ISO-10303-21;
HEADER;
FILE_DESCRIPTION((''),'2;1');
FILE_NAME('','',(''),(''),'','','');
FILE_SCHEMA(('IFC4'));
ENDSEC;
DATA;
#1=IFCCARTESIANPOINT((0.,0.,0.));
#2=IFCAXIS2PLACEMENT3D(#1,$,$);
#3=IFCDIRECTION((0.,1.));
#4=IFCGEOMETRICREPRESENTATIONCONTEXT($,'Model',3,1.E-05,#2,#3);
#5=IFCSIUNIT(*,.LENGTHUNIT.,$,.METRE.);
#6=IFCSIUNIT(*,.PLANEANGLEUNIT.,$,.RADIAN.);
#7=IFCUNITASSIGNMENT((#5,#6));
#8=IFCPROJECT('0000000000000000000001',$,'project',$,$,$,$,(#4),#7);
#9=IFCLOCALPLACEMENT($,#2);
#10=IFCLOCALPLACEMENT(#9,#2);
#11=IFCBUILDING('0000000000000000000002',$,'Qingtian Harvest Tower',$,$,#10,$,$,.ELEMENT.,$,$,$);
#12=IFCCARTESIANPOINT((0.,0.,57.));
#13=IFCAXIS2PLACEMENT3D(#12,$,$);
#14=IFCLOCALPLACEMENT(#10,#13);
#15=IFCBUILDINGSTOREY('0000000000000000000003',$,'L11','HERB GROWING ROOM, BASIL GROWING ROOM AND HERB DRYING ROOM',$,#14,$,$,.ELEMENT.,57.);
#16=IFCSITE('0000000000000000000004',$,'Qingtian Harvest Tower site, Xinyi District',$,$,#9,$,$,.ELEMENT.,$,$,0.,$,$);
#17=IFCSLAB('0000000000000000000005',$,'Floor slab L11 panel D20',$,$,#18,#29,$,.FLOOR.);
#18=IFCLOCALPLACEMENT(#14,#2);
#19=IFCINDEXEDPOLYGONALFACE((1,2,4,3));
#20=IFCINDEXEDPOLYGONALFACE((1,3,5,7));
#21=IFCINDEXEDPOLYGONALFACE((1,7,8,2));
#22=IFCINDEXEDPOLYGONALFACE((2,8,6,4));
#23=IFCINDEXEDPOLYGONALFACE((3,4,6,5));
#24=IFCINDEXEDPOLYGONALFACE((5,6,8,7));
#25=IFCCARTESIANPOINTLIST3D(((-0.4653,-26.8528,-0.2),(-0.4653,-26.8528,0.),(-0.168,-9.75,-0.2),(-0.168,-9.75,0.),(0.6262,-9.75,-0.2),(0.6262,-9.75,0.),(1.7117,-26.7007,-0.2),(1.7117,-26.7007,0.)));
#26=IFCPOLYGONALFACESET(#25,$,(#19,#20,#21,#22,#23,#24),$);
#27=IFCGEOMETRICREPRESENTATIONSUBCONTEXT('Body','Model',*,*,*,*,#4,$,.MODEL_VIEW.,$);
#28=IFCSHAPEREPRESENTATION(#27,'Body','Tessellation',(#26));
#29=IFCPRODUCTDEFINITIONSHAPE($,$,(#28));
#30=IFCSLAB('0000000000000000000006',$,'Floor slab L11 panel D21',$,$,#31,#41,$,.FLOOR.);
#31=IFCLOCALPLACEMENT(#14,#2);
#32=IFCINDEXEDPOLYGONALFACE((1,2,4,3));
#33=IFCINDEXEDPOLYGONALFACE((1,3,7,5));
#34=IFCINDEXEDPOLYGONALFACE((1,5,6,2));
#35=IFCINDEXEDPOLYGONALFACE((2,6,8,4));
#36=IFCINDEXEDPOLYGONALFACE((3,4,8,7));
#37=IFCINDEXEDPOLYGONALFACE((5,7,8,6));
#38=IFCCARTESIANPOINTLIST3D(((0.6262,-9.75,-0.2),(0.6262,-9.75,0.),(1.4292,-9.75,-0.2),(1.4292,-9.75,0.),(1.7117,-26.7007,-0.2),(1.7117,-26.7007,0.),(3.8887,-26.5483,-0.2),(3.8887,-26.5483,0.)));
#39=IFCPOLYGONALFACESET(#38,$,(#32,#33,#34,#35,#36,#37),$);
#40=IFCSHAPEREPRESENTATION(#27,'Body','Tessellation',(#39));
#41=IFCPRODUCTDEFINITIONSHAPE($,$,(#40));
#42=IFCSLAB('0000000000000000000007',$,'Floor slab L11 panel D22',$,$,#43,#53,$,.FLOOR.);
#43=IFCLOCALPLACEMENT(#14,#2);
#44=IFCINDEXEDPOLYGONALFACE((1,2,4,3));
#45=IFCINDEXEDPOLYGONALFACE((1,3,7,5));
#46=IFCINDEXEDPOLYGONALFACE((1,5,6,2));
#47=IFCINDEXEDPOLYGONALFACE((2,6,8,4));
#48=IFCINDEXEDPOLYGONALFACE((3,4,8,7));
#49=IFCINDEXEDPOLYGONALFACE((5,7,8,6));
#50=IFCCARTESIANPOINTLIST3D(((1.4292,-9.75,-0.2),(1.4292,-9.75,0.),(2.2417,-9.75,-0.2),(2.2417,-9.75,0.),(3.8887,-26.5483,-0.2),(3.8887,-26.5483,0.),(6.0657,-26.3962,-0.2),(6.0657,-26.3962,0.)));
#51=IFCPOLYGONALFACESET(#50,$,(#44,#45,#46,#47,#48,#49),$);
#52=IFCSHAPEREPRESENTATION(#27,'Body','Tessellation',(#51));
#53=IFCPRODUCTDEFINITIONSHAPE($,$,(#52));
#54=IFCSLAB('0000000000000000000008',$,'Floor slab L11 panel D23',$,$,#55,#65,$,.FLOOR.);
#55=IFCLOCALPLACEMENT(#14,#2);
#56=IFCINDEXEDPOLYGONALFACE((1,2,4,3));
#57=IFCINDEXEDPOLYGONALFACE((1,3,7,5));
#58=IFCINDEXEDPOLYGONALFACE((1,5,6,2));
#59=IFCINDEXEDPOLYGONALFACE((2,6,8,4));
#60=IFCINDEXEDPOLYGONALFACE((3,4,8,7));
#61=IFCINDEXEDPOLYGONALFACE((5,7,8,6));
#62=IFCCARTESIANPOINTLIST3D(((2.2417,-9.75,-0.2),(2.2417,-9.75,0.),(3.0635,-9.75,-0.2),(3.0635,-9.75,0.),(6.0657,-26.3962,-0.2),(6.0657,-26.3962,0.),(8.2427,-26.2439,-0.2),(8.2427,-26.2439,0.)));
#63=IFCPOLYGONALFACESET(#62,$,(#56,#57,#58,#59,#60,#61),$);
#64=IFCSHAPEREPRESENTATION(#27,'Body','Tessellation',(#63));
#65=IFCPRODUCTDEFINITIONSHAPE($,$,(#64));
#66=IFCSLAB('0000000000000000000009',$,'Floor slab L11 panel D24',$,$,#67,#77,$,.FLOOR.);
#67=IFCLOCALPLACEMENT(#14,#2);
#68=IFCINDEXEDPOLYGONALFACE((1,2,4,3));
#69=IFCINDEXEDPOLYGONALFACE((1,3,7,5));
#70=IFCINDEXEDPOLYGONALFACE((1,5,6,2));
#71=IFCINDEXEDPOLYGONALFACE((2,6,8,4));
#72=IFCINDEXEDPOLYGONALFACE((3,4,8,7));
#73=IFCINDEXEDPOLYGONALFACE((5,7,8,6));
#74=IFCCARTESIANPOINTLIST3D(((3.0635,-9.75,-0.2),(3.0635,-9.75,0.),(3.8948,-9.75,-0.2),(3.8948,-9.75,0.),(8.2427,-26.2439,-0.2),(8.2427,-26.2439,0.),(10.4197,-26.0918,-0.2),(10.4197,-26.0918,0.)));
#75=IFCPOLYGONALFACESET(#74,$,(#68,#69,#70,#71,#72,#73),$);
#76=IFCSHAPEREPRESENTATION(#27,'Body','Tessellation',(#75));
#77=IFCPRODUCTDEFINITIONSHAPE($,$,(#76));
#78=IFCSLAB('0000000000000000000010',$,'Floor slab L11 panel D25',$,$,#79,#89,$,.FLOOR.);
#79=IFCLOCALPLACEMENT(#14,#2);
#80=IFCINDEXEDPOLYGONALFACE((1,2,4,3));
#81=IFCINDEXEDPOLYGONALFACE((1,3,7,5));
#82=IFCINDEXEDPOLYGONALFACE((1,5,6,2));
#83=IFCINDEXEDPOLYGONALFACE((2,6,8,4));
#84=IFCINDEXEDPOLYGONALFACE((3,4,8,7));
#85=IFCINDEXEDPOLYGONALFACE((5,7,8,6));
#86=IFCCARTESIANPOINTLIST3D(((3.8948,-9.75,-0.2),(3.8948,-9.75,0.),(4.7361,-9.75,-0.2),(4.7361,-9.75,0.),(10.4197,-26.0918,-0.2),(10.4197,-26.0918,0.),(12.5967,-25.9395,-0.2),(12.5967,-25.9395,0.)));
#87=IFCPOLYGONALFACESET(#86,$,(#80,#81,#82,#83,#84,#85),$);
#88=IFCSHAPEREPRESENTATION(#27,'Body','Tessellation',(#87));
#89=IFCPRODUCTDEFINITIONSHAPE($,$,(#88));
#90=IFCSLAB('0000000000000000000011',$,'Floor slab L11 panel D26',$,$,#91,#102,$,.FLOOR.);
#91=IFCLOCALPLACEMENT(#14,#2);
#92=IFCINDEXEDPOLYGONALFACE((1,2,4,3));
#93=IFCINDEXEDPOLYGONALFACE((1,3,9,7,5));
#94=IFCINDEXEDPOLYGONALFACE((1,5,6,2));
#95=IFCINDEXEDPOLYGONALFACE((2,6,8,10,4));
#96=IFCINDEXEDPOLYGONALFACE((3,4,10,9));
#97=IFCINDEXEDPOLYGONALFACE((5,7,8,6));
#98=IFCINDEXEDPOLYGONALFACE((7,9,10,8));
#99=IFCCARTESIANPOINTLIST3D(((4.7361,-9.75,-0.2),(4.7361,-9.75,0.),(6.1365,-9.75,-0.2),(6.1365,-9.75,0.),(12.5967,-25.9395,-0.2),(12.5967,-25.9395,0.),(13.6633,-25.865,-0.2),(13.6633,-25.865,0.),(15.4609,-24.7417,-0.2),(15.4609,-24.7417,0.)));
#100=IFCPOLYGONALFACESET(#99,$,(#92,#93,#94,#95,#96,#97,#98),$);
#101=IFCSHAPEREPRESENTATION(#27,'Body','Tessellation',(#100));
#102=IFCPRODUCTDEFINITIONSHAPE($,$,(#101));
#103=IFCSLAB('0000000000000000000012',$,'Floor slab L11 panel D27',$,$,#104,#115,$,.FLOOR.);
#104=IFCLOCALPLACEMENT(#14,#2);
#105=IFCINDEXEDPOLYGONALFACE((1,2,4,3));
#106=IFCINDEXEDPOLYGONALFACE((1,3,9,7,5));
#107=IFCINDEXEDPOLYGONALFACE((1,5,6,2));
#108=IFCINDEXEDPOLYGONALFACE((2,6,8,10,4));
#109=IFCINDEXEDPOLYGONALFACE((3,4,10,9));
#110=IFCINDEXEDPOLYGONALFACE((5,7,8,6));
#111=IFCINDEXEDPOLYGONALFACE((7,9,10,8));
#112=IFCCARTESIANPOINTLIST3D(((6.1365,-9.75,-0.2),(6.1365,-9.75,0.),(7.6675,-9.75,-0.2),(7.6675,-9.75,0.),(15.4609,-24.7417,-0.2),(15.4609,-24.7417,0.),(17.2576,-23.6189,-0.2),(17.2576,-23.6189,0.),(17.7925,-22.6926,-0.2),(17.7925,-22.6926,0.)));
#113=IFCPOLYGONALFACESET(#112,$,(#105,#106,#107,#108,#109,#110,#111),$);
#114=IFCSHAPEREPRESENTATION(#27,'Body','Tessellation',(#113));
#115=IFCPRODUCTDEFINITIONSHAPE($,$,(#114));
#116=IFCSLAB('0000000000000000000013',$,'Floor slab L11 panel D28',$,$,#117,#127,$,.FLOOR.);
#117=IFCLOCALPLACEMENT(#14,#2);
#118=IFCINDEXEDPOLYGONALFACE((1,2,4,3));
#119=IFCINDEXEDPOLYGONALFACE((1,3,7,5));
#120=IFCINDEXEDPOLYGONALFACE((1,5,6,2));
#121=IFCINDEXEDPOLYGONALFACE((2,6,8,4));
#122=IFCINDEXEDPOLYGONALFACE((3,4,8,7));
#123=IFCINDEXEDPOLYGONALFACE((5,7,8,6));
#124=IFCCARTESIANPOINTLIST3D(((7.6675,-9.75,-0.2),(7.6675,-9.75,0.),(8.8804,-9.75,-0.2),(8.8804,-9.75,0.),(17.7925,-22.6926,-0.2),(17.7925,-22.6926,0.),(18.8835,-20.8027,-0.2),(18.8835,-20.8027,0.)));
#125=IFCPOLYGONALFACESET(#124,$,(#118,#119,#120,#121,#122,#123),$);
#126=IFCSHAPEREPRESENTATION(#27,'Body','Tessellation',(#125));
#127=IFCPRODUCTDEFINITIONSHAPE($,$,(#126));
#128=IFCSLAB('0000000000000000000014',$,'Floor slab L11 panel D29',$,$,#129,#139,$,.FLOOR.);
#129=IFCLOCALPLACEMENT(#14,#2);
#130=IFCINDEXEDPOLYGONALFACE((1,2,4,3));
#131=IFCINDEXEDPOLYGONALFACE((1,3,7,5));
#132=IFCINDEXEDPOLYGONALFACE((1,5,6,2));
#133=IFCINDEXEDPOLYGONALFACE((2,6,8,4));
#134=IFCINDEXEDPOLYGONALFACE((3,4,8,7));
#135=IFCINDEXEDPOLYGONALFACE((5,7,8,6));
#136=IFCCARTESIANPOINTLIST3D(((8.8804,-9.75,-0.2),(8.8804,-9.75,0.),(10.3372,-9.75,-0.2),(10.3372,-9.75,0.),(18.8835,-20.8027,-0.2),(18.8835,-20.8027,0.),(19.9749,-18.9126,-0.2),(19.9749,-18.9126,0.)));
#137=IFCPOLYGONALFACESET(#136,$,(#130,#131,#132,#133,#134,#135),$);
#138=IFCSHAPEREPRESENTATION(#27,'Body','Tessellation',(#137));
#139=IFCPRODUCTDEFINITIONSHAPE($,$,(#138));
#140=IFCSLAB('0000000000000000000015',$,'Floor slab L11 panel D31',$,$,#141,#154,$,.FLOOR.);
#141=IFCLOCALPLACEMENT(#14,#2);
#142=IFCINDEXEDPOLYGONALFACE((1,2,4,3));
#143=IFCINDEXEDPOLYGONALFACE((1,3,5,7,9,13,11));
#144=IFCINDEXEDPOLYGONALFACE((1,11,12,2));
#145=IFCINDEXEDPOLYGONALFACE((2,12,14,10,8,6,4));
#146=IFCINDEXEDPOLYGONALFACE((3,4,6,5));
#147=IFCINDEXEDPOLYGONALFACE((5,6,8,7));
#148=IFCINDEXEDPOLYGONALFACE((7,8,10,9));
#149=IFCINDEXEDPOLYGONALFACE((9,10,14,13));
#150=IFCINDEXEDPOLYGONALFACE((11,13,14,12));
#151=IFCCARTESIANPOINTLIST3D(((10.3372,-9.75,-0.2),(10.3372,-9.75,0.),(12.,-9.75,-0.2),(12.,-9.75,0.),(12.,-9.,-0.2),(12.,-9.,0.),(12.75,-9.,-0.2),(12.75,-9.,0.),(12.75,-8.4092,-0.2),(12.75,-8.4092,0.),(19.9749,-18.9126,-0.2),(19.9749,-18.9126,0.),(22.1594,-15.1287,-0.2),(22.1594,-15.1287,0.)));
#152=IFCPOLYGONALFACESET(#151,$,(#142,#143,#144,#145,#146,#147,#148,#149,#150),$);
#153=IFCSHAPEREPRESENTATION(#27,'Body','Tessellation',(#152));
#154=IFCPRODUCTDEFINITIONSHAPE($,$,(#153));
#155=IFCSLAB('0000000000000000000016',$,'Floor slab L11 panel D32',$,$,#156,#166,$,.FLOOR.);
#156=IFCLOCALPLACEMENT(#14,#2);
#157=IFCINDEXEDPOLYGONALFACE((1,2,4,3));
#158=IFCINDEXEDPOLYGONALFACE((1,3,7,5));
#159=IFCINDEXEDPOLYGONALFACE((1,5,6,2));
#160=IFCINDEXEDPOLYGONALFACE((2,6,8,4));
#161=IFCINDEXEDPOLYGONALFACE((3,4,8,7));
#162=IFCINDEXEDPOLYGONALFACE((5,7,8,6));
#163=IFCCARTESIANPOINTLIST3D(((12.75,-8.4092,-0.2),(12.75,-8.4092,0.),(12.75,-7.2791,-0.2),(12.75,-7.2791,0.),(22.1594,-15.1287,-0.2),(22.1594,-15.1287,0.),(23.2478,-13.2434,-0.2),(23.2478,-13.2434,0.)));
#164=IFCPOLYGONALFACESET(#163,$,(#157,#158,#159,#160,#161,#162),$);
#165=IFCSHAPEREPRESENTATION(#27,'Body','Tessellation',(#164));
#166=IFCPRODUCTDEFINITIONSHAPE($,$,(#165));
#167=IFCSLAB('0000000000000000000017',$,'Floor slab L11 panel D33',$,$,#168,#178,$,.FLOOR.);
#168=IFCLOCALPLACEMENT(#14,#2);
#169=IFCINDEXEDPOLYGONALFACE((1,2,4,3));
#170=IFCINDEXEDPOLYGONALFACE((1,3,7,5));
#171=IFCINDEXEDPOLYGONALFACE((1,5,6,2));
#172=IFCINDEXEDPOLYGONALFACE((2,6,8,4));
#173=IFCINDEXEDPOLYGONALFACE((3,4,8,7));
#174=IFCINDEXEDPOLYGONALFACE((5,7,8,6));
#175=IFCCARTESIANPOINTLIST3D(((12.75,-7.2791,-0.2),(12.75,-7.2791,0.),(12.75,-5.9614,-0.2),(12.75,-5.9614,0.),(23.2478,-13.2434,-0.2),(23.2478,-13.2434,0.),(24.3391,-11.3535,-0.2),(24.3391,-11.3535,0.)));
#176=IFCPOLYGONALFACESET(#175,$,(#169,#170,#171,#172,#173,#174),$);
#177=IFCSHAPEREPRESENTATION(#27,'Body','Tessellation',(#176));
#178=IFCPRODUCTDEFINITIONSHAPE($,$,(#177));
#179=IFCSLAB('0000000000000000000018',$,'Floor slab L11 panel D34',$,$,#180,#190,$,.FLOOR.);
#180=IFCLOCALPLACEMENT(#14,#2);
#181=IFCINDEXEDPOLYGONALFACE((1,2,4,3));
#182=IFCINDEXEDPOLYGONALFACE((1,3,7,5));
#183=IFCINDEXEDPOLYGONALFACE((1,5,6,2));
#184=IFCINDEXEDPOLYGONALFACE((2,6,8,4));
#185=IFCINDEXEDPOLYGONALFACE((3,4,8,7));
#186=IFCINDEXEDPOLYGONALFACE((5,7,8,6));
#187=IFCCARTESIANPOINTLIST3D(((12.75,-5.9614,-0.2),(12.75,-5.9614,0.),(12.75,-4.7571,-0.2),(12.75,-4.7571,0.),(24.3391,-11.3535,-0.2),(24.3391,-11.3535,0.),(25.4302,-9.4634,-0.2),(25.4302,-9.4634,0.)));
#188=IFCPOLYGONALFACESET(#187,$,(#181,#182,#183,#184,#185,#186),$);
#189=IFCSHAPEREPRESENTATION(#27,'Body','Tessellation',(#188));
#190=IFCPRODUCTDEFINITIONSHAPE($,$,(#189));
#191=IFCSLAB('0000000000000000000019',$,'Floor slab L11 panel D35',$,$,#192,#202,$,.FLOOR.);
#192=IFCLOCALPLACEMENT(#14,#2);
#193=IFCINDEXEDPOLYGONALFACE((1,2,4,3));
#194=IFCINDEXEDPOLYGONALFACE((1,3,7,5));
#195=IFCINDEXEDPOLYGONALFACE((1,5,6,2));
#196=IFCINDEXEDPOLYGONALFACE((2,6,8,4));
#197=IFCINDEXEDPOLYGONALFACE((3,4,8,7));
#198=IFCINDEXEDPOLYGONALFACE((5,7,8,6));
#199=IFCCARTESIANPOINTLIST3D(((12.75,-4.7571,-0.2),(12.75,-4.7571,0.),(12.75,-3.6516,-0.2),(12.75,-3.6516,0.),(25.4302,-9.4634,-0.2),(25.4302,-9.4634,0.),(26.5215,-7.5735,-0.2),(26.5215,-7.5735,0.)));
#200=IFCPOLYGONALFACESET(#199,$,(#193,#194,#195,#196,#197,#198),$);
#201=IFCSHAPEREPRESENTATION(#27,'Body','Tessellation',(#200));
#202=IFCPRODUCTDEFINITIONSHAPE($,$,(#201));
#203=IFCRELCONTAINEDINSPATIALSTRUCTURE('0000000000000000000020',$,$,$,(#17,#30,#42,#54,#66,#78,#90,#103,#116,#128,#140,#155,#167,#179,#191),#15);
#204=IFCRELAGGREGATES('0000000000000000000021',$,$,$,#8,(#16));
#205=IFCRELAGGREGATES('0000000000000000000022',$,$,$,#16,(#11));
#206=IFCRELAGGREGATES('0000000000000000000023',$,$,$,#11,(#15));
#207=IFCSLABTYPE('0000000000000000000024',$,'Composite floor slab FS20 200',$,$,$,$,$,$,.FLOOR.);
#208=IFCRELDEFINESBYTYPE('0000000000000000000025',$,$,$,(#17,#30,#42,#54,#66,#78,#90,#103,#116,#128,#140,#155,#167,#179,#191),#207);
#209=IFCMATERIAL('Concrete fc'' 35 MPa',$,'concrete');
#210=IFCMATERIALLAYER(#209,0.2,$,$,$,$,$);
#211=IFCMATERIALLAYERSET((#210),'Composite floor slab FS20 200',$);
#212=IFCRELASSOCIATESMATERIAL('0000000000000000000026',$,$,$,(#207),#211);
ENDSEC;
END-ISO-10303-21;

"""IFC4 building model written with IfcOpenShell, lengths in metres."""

from ifc_helpers import new_model, si_unit, direction, frame, origin, place, context, subcontext, project, spatial, polyline, outline, extrude, material, layer, layer_set, type_object, element, save


model = new_model("IFC4")

# Units and contexts
model_context = context("Model", 3, precision=1e-05, world=origin(), true_north=direction((0.0, 1.0)))
body_context = subcontext(model_context, "Body", "Model", "MODEL_VIEW")
ifc_project = project(units=[si_unit("LENGTHUNIT", "METRE"), si_unit("PLANEANGLEUNIT", "RADIAN")], contexts=[model_context])

# Site, building, storey
site_placement = place(None, origin())
site = spatial("IfcSite", under=ifc_project, at=site_placement, Name="Qingtian Harvest Tower site, Xinyi District", CompositionType="ELEMENT", RefElevation=0.0)
building_placement = place(site_placement, origin())
building = spatial("IfcBuilding", under=site, at=building_placement, Name="Qingtian Harvest Tower", CompositionType="ELEMENT")
storey_placement = place(building_placement, frame((0.0, 0.0, 57.0)))
storey = spatial("IfcBuildingStorey", under=building, at=storey_placement, Name="L11", Description="HERB GROWING ROOM, BASIL GROWING ROOM AND HERB DRYING ROOM", CompositionType="ELEMENT", Elevation=57.0)

# Slabs
ifc_material = material(Name="Concrete fc' 35 MPa", Category="concrete")
ifc_layer = layer(ifc_material, 0.2)
ifc_layer_set = layer_set([ifc_layer], Name="Composite floor slab FS20 200")
slab_type = type_object("IfcSlabType", Name="Composite floor slab FS20 200", PredefinedType="FLOOR", material=ifc_layer_set)
slab_1_placement = place(storey_placement, frame((0.0, 0.0, -0.2)))
element("IfcSlab", 1, at=slab_1_placement, inside=storey, type_object=slab_type, Name="Floor slab L11 panel D20", PredefinedType="FLOOR", context=body_context, shape_type="SweptSolid", body=[
    extrude(outline(polyline([(0.6262, -9.75), (1.7117, -26.7007), (-0.4653, -26.8528), (-0.168, -9.75), (0.6262, -9.75)])), origin(), (0.0, 0.0, 1.0), 0.2),
])
slab_2_placement = place(storey_placement, frame((0.0, 0.0, -0.2)))
element("IfcSlab", 2, at=slab_2_placement, inside=storey, type_object=slab_type, Name="Floor slab L11 panel D21", PredefinedType="FLOOR", context=body_context, shape_type="SweptSolid", body=[
    extrude(outline(polyline([(1.4292, -9.75), (3.8887, -26.5483), (1.7117, -26.7007), (0.6262, -9.75), (1.4292, -9.75)])), origin(), (0.0, 0.0, 1.0), 0.2),
])
slab_3_placement = place(storey_placement, frame((0.0, 0.0, -0.2)))
element("IfcSlab", 3, at=slab_3_placement, inside=storey, type_object=slab_type, Name="Floor slab L11 panel D22", PredefinedType="FLOOR", context=body_context, shape_type="SweptSolid", body=[
    extrude(outline(polyline([(2.2417, -9.75), (6.0657, -26.3962), (3.8887, -26.5483), (1.4292, -9.75), (2.2417, -9.75)])), origin(), (0.0, 0.0, 1.0), 0.2),
])
slab_4_placement = place(storey_placement, frame((0.0, 0.0, -0.2)))
element("IfcSlab", 4, at=slab_4_placement, inside=storey, type_object=slab_type, Name="Floor slab L11 panel D23", PredefinedType="FLOOR", context=body_context, shape_type="SweptSolid", body=[
    extrude(outline(polyline([(3.0635, -9.75), (8.2427, -26.2439), (6.0657, -26.3962), (2.2417, -9.75), (3.0635, -9.75)])), origin(), (0.0, 0.0, 1.0), 0.2),
])
slab_5_placement = place(storey_placement, frame((0.0, 0.0, -0.2)))
element("IfcSlab", 5, at=slab_5_placement, inside=storey, type_object=slab_type, Name="Floor slab L11 panel D24", PredefinedType="FLOOR", context=body_context, shape_type="SweptSolid", body=[
    extrude(outline(polyline([(3.8948, -9.75), (10.4197, -26.0918), (8.2427, -26.2439), (3.0635, -9.75), (3.8948, -9.75)])), origin(), (0.0, 0.0, 1.0), 0.2),
])
slab_6_placement = place(storey_placement, frame((0.0, 0.0, -0.2)))
element("IfcSlab", 6, at=slab_6_placement, inside=storey, type_object=slab_type, Name="Floor slab L11 panel D25", PredefinedType="FLOOR", context=body_context, shape_type="SweptSolid", body=[
    extrude(outline(polyline([(4.7361, -9.75), (12.5967, -25.9395), (10.4197, -26.0918), (3.8948, -9.75), (4.7361, -9.75)])), origin(), (0.0, 0.0, 1.0), 0.2),
])
slab_7_placement = place(storey_placement, frame((0.0, 0.0, -0.2)))
element("IfcSlab", 7, at=slab_7_placement, inside=storey, type_object=slab_type, Name="Floor slab L11 panel D26", PredefinedType="FLOOR", context=body_context, shape_type="SweptSolid", body=[
    extrude(outline(polyline([(4.7361, -9.75), (6.1365, -9.75), (15.4609, -24.7417), (13.6633, -25.865), (12.5967, -25.9395), (4.7361, -9.75)])), origin(), (0.0, 0.0, 1.0), 0.2),
])
slab_8_placement = place(storey_placement, frame((0.0, 0.0, -0.2)))
element("IfcSlab", 8, at=slab_8_placement, inside=storey, type_object=slab_type, Name="Floor slab L11 panel D27", PredefinedType="FLOOR", context=body_context, shape_type="SweptSolid", body=[
    extrude(outline(polyline([(6.1365, -9.75), (7.6675, -9.75), (17.7925, -22.6926), (17.2576, -23.6189), (15.4609, -24.7417), (6.1365, -9.75)])), origin(), (0.0, 0.0, 1.0), 0.2),
])
slab_9_placement = place(storey_placement, frame((0.0, 0.0, -0.2)))
element("IfcSlab", 9, at=slab_9_placement, inside=storey, type_object=slab_type, Name="Floor slab L11 panel D28", PredefinedType="FLOOR", context=body_context, shape_type="SweptSolid", body=[
    extrude(outline(polyline([(8.8804, -9.75), (18.8835, -20.8027), (17.7925, -22.6926), (7.6675, -9.75), (8.8804, -9.75)])), origin(), (0.0, 0.0, 1.0), 0.2),
])
slab_10_placement = place(storey_placement, frame((0.0, 0.0, -0.2)))
element("IfcSlab", 10, at=slab_10_placement, inside=storey, type_object=slab_type, Name="Floor slab L11 panel D29", PredefinedType="FLOOR", context=body_context, shape_type="SweptSolid", body=[
    extrude(outline(polyline([(10.3372, -9.75), (19.9749, -18.9126), (18.8835, -20.8027), (8.8804, -9.75), (10.3372, -9.75)])), origin(), (0.0, 0.0, 1.0), 0.2),
])
slab_11_placement = place(storey_placement, frame((0.0, 0.0, -0.2)))
element("IfcSlab", 11, at=slab_11_placement, inside=storey, type_object=slab_type, Name="Floor slab L11 panel D31", PredefinedType="FLOOR", context=body_context, shape_type="SweptSolid", body=[
    extrude(outline(polyline([(12.75, -8.4092), (22.1594, -15.1287), (19.9749, -18.9126), (10.3372, -9.75), (12.0, -9.75), (12.0, -9.0), (12.75, -9.0), (12.75, -8.4092)])), origin(), (0.0, 0.0, 1.0), 0.2),
])
slab_12_placement = place(storey_placement, frame((0.0, 0.0, -0.2)))
element("IfcSlab", 12, at=slab_12_placement, inside=storey, type_object=slab_type, Name="Floor slab L11 panel D32", PredefinedType="FLOOR", context=body_context, shape_type="SweptSolid", body=[
    extrude(outline(polyline([(12.75, -7.2791), (23.2478, -13.2434), (22.1594, -15.1287), (12.75, -8.4092), (12.75, -7.2791)])), origin(), (0.0, 0.0, 1.0), 0.2),
])
slab_13_placement = place(storey_placement, frame((0.0, 0.0, -0.2)))
element("IfcSlab", 13, at=slab_13_placement, inside=storey, type_object=slab_type, Name="Floor slab L11 panel D33", PredefinedType="FLOOR", context=body_context, shape_type="SweptSolid", body=[
    extrude(outline(polyline([(12.75, -5.9614), (24.3391, -11.3535), (23.2478, -13.2434), (12.75, -7.2791), (12.75, -5.9614)])), origin(), (0.0, 0.0, 1.0), 0.2),
])
slab_14_placement = place(storey_placement, frame((0.0, 0.0, -0.2)))
element("IfcSlab", 14, at=slab_14_placement, inside=storey, type_object=slab_type, Name="Floor slab L11 panel D34", PredefinedType="FLOOR", context=body_context, shape_type="SweptSolid", body=[
    extrude(outline(polyline([(12.75, -4.7571), (25.4302, -9.4634), (24.3391, -11.3535), (12.75, -5.9614), (12.75, -4.7571)])), origin(), (0.0, 0.0, 1.0), 0.2),
])
slab_15_placement = place(storey_placement, frame((0.0, 0.0, -0.2)))
element("IfcSlab", 15, at=slab_15_placement, inside=storey, type_object=slab_type, Name="Floor slab L11 panel D35", PredefinedType="FLOOR", context=body_context, shape_type="SweptSolid", body=[
    extrude(outline(polyline([(12.75, -3.6516), (26.5215, -7.5735), (25.4302, -9.4634), (12.75, -4.7571), (12.75, -3.6516)])), origin(), (0.0, 0.0, 1.0), 0.2),
])

save(model, "model.ifc")
